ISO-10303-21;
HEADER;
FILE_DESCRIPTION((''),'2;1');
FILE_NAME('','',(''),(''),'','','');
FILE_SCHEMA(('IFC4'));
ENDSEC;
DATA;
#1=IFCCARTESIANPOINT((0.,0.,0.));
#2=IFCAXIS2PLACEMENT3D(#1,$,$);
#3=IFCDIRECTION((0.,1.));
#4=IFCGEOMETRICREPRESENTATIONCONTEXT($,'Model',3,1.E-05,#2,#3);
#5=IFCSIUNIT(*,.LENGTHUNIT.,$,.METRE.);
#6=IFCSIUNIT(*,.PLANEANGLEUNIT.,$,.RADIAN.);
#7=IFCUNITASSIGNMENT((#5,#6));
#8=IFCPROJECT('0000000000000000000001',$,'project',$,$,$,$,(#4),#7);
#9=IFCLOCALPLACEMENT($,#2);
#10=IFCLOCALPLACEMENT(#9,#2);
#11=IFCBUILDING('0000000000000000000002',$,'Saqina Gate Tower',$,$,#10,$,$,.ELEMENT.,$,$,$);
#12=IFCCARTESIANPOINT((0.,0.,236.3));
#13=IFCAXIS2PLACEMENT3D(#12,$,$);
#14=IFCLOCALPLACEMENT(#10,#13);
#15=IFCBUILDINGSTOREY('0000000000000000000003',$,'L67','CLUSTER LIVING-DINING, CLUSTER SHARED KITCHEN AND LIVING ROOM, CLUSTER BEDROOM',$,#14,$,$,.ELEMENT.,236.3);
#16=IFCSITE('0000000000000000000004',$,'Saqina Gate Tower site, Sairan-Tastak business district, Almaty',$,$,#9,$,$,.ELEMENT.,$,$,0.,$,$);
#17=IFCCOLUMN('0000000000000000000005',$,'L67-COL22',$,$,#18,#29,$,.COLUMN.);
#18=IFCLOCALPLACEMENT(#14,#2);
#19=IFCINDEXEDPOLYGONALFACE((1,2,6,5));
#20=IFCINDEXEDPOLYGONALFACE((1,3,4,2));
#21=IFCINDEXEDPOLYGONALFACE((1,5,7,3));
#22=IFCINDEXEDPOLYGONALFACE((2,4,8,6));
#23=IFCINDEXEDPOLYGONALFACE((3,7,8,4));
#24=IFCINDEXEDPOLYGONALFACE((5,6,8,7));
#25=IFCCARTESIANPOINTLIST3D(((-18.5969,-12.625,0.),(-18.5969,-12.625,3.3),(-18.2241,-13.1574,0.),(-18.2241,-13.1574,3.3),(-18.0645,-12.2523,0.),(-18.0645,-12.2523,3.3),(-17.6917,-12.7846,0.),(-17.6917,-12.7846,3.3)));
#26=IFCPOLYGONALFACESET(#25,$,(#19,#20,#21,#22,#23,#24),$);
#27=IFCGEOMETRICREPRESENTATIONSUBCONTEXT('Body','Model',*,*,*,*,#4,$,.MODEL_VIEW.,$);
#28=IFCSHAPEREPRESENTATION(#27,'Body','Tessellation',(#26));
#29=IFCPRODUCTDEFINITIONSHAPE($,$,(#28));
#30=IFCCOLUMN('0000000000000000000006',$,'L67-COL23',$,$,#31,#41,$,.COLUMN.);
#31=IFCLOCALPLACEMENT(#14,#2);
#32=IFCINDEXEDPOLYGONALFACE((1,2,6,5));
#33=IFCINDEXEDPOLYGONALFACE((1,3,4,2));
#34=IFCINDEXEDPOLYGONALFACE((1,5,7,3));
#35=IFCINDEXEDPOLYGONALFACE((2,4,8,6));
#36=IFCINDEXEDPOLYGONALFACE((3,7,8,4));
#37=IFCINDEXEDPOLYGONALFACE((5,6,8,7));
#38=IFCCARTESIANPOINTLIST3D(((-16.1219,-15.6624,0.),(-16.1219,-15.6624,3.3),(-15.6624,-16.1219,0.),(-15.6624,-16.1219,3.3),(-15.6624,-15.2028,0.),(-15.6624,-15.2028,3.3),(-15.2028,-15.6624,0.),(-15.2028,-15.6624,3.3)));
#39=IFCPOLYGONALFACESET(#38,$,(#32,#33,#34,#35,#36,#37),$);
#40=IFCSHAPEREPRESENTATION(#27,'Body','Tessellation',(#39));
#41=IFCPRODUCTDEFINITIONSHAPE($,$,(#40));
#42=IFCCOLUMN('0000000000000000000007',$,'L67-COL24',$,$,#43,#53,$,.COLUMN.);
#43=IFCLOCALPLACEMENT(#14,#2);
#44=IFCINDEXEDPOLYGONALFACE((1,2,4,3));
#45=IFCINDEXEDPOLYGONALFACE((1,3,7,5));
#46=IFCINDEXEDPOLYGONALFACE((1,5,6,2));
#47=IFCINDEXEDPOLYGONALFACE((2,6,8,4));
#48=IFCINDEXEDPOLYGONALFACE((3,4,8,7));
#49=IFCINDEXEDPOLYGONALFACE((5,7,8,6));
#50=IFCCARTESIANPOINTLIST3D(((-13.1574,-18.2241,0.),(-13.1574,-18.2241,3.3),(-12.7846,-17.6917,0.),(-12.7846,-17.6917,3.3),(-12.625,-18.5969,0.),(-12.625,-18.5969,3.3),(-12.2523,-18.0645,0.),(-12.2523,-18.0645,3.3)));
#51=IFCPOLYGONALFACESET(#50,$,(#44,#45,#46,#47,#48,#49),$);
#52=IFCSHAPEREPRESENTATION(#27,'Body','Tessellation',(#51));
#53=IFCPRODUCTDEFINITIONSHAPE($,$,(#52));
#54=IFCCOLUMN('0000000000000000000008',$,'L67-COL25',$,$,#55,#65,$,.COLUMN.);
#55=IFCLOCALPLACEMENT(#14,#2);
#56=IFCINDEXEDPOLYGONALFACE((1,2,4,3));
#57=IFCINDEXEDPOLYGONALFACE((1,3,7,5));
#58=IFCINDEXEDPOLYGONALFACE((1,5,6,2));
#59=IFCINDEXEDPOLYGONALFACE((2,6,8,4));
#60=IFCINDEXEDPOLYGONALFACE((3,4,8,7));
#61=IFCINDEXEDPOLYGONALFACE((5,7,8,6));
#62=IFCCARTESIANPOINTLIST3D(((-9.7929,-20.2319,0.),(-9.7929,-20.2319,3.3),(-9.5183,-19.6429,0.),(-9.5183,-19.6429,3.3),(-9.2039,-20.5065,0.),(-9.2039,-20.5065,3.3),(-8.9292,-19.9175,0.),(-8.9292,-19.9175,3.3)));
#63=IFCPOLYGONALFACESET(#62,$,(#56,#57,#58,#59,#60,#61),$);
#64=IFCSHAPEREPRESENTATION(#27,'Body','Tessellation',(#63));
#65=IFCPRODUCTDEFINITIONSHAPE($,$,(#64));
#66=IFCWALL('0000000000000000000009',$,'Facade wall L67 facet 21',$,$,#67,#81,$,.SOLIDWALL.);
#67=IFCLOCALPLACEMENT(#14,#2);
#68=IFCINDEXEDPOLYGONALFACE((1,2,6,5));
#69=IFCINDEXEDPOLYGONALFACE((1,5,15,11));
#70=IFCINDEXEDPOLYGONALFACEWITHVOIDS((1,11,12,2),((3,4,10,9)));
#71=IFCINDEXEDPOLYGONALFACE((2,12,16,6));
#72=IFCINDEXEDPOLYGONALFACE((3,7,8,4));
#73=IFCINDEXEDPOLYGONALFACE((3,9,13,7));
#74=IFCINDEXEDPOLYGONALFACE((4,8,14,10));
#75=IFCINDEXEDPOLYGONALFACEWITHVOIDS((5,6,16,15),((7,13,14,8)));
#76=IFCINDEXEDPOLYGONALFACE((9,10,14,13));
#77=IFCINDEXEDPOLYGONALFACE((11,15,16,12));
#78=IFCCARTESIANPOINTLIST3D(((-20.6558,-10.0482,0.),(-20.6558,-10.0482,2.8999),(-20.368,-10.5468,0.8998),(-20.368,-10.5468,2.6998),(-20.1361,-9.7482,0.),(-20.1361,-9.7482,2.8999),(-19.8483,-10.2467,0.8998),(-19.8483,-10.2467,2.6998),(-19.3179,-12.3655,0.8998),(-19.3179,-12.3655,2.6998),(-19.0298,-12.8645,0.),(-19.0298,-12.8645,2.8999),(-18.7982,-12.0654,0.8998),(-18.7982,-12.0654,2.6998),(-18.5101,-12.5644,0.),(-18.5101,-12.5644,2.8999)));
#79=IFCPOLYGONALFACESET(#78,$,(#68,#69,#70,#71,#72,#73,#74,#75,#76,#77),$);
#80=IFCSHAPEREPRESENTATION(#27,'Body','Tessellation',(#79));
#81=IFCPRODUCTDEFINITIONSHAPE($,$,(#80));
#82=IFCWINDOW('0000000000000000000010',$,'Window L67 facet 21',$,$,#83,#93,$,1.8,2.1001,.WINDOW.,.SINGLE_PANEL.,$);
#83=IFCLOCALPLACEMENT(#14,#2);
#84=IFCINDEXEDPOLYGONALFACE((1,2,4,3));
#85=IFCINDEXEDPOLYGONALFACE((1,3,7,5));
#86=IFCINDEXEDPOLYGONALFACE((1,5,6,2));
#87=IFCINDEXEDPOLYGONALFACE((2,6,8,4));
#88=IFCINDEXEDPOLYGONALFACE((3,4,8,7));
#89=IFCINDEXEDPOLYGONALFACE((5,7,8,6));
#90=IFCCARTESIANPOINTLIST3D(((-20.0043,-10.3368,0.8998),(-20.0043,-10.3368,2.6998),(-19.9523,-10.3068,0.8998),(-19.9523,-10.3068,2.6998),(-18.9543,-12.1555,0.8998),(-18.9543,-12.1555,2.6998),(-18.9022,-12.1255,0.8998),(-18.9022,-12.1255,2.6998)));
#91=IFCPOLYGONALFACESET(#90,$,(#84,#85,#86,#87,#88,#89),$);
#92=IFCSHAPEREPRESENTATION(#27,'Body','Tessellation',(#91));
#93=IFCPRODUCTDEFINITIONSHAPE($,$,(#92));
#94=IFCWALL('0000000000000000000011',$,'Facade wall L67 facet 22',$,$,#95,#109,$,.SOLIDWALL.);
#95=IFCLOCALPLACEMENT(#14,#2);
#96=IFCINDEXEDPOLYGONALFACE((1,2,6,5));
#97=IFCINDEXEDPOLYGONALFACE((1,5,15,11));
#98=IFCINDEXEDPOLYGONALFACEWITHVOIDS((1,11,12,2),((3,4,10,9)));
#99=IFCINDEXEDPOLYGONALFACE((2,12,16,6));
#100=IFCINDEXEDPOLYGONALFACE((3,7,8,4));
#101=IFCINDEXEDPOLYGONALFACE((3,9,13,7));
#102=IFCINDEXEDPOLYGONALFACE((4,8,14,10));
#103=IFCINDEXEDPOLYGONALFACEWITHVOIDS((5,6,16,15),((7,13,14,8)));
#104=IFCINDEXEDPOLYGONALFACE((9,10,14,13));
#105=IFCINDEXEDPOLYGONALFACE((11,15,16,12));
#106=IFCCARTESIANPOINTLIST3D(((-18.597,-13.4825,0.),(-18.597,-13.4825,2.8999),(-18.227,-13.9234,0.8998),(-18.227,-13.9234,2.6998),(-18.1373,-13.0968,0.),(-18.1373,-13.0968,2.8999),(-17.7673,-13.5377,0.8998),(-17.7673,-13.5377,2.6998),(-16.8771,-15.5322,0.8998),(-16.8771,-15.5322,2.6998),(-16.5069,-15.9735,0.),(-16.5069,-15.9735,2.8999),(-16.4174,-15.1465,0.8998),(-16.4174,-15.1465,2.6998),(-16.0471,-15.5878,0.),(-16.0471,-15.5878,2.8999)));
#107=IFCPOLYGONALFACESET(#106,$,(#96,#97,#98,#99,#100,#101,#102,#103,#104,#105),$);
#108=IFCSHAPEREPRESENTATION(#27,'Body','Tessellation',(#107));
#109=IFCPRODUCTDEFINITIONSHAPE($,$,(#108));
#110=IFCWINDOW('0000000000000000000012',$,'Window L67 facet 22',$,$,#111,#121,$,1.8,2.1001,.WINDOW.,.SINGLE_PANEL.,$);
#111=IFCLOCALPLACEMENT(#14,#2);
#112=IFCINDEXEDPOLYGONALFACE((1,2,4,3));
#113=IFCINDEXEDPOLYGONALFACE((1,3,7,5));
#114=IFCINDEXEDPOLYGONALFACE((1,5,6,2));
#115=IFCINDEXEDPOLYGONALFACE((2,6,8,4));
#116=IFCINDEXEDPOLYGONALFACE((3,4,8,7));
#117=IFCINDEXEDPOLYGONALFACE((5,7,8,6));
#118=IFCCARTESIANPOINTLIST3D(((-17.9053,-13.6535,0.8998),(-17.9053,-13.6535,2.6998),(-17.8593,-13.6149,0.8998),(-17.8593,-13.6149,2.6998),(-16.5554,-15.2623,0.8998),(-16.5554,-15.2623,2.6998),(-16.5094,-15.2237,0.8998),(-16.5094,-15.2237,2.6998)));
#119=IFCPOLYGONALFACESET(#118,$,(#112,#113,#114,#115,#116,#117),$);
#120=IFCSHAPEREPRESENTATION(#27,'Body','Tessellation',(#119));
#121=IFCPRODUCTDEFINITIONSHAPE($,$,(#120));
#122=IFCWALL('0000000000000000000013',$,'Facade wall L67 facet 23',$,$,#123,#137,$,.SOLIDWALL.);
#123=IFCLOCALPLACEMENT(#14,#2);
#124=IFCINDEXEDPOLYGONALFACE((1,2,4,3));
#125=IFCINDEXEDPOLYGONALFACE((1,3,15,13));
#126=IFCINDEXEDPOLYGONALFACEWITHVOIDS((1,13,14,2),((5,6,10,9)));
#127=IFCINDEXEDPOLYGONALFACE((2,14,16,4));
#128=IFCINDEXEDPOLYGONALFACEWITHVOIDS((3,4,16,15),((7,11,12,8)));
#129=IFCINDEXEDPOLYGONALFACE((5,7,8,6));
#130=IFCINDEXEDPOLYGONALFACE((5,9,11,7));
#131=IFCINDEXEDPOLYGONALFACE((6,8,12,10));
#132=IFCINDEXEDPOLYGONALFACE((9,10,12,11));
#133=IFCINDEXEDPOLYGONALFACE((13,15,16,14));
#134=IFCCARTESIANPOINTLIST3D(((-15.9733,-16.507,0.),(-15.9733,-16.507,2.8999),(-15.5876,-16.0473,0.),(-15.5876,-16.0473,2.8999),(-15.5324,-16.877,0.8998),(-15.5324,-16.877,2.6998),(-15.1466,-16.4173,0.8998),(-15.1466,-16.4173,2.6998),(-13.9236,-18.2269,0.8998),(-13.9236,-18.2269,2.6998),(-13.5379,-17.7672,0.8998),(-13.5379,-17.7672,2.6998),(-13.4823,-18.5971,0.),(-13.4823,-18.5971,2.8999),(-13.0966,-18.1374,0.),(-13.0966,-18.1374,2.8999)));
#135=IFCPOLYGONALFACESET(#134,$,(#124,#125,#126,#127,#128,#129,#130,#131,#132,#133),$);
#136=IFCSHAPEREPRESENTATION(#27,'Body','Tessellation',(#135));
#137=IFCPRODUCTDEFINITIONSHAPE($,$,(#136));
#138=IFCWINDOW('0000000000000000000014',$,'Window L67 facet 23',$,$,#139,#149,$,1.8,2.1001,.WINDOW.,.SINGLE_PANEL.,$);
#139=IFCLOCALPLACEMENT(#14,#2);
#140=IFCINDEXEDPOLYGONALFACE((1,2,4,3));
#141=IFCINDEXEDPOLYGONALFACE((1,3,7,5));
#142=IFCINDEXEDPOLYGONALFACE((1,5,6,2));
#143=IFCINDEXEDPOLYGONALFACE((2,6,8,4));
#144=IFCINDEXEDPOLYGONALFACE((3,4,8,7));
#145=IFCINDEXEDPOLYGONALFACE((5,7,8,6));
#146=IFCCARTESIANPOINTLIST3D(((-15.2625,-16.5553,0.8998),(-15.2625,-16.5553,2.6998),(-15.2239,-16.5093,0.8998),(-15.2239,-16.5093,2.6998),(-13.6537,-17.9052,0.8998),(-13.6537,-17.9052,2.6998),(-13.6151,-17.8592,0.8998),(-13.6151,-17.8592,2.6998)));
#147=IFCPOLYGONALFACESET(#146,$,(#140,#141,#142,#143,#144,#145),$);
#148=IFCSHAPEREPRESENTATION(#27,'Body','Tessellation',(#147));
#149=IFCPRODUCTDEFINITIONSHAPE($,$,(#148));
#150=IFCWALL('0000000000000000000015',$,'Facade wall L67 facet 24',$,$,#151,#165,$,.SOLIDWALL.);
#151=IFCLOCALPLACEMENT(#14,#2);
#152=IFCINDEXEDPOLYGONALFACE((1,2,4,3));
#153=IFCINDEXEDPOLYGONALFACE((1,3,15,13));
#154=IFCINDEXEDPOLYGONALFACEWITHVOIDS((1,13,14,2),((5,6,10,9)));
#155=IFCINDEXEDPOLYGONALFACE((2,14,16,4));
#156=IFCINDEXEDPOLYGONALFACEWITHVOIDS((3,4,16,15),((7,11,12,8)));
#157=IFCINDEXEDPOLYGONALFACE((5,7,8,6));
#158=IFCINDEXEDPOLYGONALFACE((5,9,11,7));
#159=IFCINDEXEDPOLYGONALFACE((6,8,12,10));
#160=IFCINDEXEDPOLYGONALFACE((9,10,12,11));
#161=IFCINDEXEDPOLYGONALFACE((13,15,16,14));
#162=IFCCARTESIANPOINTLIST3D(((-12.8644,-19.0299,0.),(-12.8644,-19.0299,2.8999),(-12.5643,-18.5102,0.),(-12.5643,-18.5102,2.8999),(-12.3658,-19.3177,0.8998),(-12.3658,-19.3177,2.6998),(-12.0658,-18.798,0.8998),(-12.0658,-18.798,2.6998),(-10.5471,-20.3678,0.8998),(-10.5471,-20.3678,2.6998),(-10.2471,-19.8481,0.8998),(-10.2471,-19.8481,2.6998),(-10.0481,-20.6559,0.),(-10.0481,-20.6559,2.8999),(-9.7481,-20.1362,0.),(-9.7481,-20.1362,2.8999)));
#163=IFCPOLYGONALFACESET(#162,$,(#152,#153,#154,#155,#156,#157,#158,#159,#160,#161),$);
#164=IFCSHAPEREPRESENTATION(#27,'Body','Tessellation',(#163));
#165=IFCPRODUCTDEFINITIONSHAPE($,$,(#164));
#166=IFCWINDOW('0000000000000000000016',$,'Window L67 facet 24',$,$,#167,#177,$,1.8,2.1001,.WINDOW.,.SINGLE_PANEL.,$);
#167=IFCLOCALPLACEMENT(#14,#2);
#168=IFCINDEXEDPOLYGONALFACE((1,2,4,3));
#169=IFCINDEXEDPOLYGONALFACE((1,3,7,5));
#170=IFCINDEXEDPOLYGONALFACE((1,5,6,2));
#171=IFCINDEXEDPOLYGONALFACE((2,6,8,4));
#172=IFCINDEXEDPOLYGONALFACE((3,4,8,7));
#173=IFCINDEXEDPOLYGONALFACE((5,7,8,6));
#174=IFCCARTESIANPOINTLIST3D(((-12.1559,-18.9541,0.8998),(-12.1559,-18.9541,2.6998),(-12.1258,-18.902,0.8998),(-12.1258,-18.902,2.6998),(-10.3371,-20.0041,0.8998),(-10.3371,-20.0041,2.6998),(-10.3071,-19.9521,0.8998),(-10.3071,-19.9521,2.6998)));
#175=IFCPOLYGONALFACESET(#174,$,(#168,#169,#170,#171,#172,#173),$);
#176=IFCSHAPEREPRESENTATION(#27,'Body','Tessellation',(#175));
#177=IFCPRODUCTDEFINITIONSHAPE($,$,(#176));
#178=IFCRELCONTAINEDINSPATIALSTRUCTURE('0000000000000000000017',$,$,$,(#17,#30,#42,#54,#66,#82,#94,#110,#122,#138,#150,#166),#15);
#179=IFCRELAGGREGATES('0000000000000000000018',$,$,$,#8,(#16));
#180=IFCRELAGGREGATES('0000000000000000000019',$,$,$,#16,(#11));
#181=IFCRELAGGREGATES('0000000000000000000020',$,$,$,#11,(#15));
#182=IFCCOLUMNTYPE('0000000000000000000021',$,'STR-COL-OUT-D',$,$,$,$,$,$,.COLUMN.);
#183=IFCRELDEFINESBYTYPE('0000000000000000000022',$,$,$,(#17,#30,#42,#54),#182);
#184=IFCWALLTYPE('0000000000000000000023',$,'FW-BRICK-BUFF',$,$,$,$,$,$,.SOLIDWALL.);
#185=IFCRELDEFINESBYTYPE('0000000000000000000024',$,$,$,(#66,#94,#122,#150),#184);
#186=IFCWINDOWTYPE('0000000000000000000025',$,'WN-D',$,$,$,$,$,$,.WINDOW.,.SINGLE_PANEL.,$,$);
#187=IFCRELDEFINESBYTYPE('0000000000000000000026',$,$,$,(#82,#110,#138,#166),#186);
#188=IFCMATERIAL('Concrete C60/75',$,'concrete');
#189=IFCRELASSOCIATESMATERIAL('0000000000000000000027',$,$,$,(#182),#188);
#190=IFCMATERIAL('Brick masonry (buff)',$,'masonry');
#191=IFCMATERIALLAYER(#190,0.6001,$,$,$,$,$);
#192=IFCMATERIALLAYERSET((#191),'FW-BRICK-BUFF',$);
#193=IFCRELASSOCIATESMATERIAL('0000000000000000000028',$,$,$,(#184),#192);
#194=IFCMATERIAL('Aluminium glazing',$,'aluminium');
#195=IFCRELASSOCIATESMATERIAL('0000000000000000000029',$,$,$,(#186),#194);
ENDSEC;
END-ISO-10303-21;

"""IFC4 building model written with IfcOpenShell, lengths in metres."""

from ifc_helpers import new_model, si_unit, direction, frame, frame_2d, origin, origin_2d, place, context, subcontext, project, spatial, rectangle, extrude, material, layer, layer_set, material_profile, profile_set, type_object, element, fill, save


model = new_model("IFC4")

# Units and contexts
model_context = context("Model", 3, precision=1e-05, world=origin(), true_north=direction((0.0, 1.0)))
body_context = subcontext(model_context, "Body", "Model", "MODEL_VIEW")
ifc_project = project(units=[si_unit("LENGTHUNIT", "METRE"), si_unit("PLANEANGLEUNIT", "RADIAN")], contexts=[model_context])

# Site, building, storey
site_placement = place(None, origin())
site = spatial("IfcSite", under=ifc_project, at=site_placement, Name="Saqina Gate Tower site, Sairan-Tastak business district, Almaty", CompositionType="ELEMENT", RefElevation=0.0)
building_placement = place(site_placement, origin())
building = spatial("IfcBuilding", under=site, at=building_placement, Name="Saqina Gate Tower", CompositionType="ELEMENT")
storey_placement = place(building_placement, frame((0.0, 0.0, 236.3)))
storey = spatial("IfcBuildingStorey", under=building, at=storey_placement, Name="L67", Description="CLUSTER LIVING-DINING, CLUSTER SHARED KITCHEN AND LIVING ROOM, CLUSTER BEDROOM", CompositionType="ELEMENT", Elevation=236.3)

# Columns
ifc_material_1 = material(Name="Concrete C60/75", Category="concrete")
ifc_material_profile = material_profile(ifc_material_1, rectangle(XDim=0.6499, YDim=0.6499, at=origin_2d()), Name="RC 650x650")
ifc_profile_set = profile_set([ifc_material_profile], Name="Concrete C60/75")
column_type = type_object("IfcColumnType", Name="STR-COL-OUT-D", PredefinedType="COLUMN", material=ifc_profile_set)
for number, where, z_axis, x_axis, name in (
    (1, (-18.1443, -12.7048, 0.0), (0.0, 0.0, 1.0), (-0.819152, -0.573576, 0.0), "L67-COL22"),
    (2, (-15.6624, -15.6624, 0.0), (0.0, 0.0, 1.0), (-0.707107, -0.707107, 0.0), "L67-COL23"),
    (3, (-12.7048, -18.1443, 0.0), (0.0, 0.0, 1.0), (-0.573576, -0.819152, 0.0), "L67-COL24"),
    (4, (-9.3611, -20.0747, 0.0), (0.0, 0.0, 1.0), (-0.422618, -0.906308, 0.0), "L67-COL25"),
):
    element("IfcColumn", number, at=place(storey_placement, frame(where, z_axis=z_axis, x_axis=x_axis)), inside=storey, type_object=column_type, Name=name, PredefinedType="COLUMN", context=body_context, shape_type="SweptSolid", body=[
        extrude(rectangle(XDim=0.6499, YDim=0.6499, at=origin_2d()), origin(), (0.0, 0.0, 1.0), 3.3),
    ])

# Walls, openings, windows
ifc_material_2 = material(Name="Brick masonry (buff)", Category="masonry")
ifc_layer_1 = layer(ifc_material_2, 0.6001)
ifc_layer_set_1 = layer_set([ifc_layer_1], Name="FW-BRICK-BUFF")
wall_type_1 = type_object("IfcWallType", Name="FW-BRICK-BUFF", PredefinedType="SOLIDWALL", material=ifc_layer_set_1)
wall_1_placement = place(storey_placement, frame((-20.396, -9.8982, 0.0), z_axis=(0.0, 0.0, 1.0), x_axis=(0.500015, -0.866017, 0.0)))
wall_1 = element("IfcWall", 5, at=wall_1_placement, inside=storey, type_object=wall_type_1, Name="Facade wall L67 facet 21", PredefinedType="SOLIDWALL", context=body_context, shape_type="SweptSolid", body=[
    extrude(rectangle(XDim=3.252, YDim=0.6001, at=frame_2d((1.626, 0.0))), origin(), (0.0, 0.0, 1.0), 2.8999),
])
opening_1_placement = place(wall_1_placement, frame((0.5757, 0.0, 0.8999)))
opening_1 = element("IfcOpeningElement", 6, at=opening_1_placement, cuts=wall_1, PredefinedType="OPENING", context=body_context, shape_type="SweptSolid", body=[
    extrude(rectangle(XDim=2.1001, YDim=1.8, at=frame_2d((1.05, 0.8999))), frame((0.0, 0.312, 0.0), z_axis=(0.0, -1.0, 0.0), x_axis=(1.0, 0.0, 0.0)), (0.0, 0.0, 1.0), 0.624),
])
ifc_material_3 = material(Name="Aluminium glazing", Category="aluminium")
window_type = type_object("IfcWindowType", Name="WN-D", PartitioningType="SINGLE_PANEL", PredefinedType="WINDOW", material=ifc_material_3)
window_1_placement = place(opening_1_placement, origin())
window_1 = element("IfcWindow", 7, at=window_1_placement, inside=storey, type_object=window_type, Name="Window L67 facet 21", OverallHeight=1.8, OverallWidth=2.1001, PartitioningType="SINGLE_PANEL", PredefinedType="WINDOW", context=body_context, shape_type="SweptSolid", body=[
    extrude(rectangle(XDim=2.1001, YDim=1.8, at=frame_2d((1.05, 0.8999))), frame((0.0, 0.1799, 0.0), z_axis=(0.0, -1.0, 0.0), x_axis=(1.0, 0.0, 0.0)), (0.0, 0.0, 1.0), 0.0601),
])
fill(opening_1, window_1)
wall_2_placement = place(storey_placement, frame((-18.3672, -13.2896, 0.0), z_axis=(0.0, 0.0, 1.0), x_axis=(0.642773, -0.766057, 0.0)))
wall_2 = element("IfcWall", 8, at=wall_2_placement, inside=storey, type_object=wall_type_1, Name="Facade wall L67 facet 22", PredefinedType="SOLIDWALL", context=body_context, shape_type="SweptSolid", body=[
    extrude(rectangle(XDim=3.2517, YDim=0.6001, at=frame_2d((1.626, 0.0))), origin(), (0.0, 0.0, 1.0), 2.8999),
])
opening_2_placement = place(wall_2_placement, frame((0.5757, 0.0, 0.8999)))
opening_2 = element("IfcOpeningElement", 9, at=opening_2_placement, cuts=wall_2, PredefinedType="OPENING", context=body_context, shape_type="SweptSolid", body=[
    extrude(rectangle(XDim=2.1001, YDim=1.8, at=frame_2d((1.05, 0.8999))), frame((0.0, 0.312, 0.0), z_axis=(0.0, -1.0, 0.0), x_axis=(1.0, 0.0, 0.0)), (0.0, 0.0, 1.0), 0.624),
])
window_2_placement = place(opening_2_placement, origin())
window_2 = element("IfcWindow", 10, at=window_2_placement, inside=storey, type_object=window_type, Name="Window L67 facet 22", OverallHeight=1.8, OverallWidth=2.1001, PartitioningType="SINGLE_PANEL", PredefinedType="WINDOW", context=body_context, shape_type="SweptSolid", body=[
    extrude(rectangle(XDim=2.1001, YDim=1.8, at=frame_2d((1.05, 0.8999))), frame((0.0, 0.1799, 0.0), z_axis=(0.0, -1.0, 0.0), x_axis=(1.0, 0.0, 0.0)), (0.0, 0.0, 1.0), 0.0601),
])
fill(opening_2, window_2)
wall_3_placement = place(storey_placement, frame((-15.7805, -16.2771, 0.0), z_axis=(0.0, 0.0, 1.0), x_axis=(0.766057, -0.642773, 0.0)))
wall_3 = element("IfcWall", 11, at=wall_3_placement, inside=storey, type_object=wall_type_1, Name="Facade wall L67 facet 23", PredefinedType="SOLIDWALL", context=body_context, shape_type="SweptSolid", body=[
    extrude(rectangle(XDim=3.2517, YDim=0.6001, at=frame_2d((1.626, 0.0))), origin(), (0.0, 0.0, 1.0), 2.8999),
])
opening_3_placement = place(wall_3_placement, frame((0.5757, 0.0, 0.8999)))
opening_3 = element("IfcOpeningElement", 12, at=opening_3_placement, cuts=wall_3, PredefinedType="OPENING", context=body_context, shape_type="SweptSolid", body=[
    extrude(rectangle(XDim=2.1001, YDim=1.8, at=frame_2d((1.05, 0.8999))), frame((0.0, 0.312, 0.0), z_axis=(0.0, -1.0, 0.0), x_axis=(1.0, 0.0, 0.0)), (0.0, 0.0, 1.0), 0.624),
])
window_3_placement = place(opening_3_placement, origin())
window_3 = element("IfcWindow", 13, at=window_3_placement, inside=storey, type_object=window_type, Name="Window L67 facet 23", OverallHeight=1.8, OverallWidth=2.1001, PartitioningType="SINGLE_PANEL", PredefinedType="WINDOW", context=body_context, shape_type="SweptSolid", body=[
    extrude(rectangle(XDim=2.1001, YDim=1.8, at=frame_2d((1.05, 0.8999))), frame((0.0, 0.1799, 0.0), z_axis=(0.0, -1.0, 0.0), x_axis=(1.0, 0.0, 0.0)), (0.0, 0.0, 1.0), 0.0601),
])
fill(opening_3, window_3)
wall_4_placement = place(storey_placement, frame((-12.7144, -18.77, 0.0), z_axis=(0.0, 0.0, 1.0), x_axis=(0.866017, -0.500015, 0.0)))
wall_4 = element("IfcWall", 14, at=wall_4_placement, inside=storey, type_object=wall_type_1, Name="Facade wall L67 facet 24", PredefinedType="SOLIDWALL", context=body_context, shape_type="SweptSolid", body=[
    extrude(rectangle(XDim=3.252, YDim=0.6001, at=frame_2d((1.626, 0.0))), origin(), (0.0, 0.0, 1.0), 2.8999),
])
opening_4_placement = place(wall_4_placement, frame((0.5757, 0.0, 0.8999)))
opening_4 = element("IfcOpeningElement", 15, at=opening_4_placement, cuts=wall_4, PredefinedType="OPENING", context=body_context, shape_type="SweptSolid", body=[
    extrude(rectangle(XDim=2.1001, YDim=1.8, at=frame_2d((1.05, 0.8999))), frame((0.0, 0.312, 0.0), z_axis=(0.0, -1.0, 0.0), x_axis=(1.0, 0.0, 0.0)), (0.0, 0.0, 1.0), 0.624),
])
window_4_placement = place(opening_4_placement, origin())
window_4 = element("IfcWindow", 16, at=window_4_placement, inside=storey, type_object=window_type, Name="Window L67 facet 24", OverallHeight=1.8, OverallWidth=2.1001, PartitioningType="SINGLE_PANEL", PredefinedType="WINDOW", context=body_context, shape_type="SweptSolid", body=[
    extrude(rectangle(XDim=2.1001, YDim=1.8, at=frame_2d((1.05, 0.8999))), frame((0.0, 0.1799, 0.0), z_axis=(0.0, -1.0, 0.0), x_axis=(1.0, 0.0, 0.0)), (0.0, 0.0, 1.0), 0.0601),
])
fill(opening_4, window_4)

save(model, "model.ifc")
